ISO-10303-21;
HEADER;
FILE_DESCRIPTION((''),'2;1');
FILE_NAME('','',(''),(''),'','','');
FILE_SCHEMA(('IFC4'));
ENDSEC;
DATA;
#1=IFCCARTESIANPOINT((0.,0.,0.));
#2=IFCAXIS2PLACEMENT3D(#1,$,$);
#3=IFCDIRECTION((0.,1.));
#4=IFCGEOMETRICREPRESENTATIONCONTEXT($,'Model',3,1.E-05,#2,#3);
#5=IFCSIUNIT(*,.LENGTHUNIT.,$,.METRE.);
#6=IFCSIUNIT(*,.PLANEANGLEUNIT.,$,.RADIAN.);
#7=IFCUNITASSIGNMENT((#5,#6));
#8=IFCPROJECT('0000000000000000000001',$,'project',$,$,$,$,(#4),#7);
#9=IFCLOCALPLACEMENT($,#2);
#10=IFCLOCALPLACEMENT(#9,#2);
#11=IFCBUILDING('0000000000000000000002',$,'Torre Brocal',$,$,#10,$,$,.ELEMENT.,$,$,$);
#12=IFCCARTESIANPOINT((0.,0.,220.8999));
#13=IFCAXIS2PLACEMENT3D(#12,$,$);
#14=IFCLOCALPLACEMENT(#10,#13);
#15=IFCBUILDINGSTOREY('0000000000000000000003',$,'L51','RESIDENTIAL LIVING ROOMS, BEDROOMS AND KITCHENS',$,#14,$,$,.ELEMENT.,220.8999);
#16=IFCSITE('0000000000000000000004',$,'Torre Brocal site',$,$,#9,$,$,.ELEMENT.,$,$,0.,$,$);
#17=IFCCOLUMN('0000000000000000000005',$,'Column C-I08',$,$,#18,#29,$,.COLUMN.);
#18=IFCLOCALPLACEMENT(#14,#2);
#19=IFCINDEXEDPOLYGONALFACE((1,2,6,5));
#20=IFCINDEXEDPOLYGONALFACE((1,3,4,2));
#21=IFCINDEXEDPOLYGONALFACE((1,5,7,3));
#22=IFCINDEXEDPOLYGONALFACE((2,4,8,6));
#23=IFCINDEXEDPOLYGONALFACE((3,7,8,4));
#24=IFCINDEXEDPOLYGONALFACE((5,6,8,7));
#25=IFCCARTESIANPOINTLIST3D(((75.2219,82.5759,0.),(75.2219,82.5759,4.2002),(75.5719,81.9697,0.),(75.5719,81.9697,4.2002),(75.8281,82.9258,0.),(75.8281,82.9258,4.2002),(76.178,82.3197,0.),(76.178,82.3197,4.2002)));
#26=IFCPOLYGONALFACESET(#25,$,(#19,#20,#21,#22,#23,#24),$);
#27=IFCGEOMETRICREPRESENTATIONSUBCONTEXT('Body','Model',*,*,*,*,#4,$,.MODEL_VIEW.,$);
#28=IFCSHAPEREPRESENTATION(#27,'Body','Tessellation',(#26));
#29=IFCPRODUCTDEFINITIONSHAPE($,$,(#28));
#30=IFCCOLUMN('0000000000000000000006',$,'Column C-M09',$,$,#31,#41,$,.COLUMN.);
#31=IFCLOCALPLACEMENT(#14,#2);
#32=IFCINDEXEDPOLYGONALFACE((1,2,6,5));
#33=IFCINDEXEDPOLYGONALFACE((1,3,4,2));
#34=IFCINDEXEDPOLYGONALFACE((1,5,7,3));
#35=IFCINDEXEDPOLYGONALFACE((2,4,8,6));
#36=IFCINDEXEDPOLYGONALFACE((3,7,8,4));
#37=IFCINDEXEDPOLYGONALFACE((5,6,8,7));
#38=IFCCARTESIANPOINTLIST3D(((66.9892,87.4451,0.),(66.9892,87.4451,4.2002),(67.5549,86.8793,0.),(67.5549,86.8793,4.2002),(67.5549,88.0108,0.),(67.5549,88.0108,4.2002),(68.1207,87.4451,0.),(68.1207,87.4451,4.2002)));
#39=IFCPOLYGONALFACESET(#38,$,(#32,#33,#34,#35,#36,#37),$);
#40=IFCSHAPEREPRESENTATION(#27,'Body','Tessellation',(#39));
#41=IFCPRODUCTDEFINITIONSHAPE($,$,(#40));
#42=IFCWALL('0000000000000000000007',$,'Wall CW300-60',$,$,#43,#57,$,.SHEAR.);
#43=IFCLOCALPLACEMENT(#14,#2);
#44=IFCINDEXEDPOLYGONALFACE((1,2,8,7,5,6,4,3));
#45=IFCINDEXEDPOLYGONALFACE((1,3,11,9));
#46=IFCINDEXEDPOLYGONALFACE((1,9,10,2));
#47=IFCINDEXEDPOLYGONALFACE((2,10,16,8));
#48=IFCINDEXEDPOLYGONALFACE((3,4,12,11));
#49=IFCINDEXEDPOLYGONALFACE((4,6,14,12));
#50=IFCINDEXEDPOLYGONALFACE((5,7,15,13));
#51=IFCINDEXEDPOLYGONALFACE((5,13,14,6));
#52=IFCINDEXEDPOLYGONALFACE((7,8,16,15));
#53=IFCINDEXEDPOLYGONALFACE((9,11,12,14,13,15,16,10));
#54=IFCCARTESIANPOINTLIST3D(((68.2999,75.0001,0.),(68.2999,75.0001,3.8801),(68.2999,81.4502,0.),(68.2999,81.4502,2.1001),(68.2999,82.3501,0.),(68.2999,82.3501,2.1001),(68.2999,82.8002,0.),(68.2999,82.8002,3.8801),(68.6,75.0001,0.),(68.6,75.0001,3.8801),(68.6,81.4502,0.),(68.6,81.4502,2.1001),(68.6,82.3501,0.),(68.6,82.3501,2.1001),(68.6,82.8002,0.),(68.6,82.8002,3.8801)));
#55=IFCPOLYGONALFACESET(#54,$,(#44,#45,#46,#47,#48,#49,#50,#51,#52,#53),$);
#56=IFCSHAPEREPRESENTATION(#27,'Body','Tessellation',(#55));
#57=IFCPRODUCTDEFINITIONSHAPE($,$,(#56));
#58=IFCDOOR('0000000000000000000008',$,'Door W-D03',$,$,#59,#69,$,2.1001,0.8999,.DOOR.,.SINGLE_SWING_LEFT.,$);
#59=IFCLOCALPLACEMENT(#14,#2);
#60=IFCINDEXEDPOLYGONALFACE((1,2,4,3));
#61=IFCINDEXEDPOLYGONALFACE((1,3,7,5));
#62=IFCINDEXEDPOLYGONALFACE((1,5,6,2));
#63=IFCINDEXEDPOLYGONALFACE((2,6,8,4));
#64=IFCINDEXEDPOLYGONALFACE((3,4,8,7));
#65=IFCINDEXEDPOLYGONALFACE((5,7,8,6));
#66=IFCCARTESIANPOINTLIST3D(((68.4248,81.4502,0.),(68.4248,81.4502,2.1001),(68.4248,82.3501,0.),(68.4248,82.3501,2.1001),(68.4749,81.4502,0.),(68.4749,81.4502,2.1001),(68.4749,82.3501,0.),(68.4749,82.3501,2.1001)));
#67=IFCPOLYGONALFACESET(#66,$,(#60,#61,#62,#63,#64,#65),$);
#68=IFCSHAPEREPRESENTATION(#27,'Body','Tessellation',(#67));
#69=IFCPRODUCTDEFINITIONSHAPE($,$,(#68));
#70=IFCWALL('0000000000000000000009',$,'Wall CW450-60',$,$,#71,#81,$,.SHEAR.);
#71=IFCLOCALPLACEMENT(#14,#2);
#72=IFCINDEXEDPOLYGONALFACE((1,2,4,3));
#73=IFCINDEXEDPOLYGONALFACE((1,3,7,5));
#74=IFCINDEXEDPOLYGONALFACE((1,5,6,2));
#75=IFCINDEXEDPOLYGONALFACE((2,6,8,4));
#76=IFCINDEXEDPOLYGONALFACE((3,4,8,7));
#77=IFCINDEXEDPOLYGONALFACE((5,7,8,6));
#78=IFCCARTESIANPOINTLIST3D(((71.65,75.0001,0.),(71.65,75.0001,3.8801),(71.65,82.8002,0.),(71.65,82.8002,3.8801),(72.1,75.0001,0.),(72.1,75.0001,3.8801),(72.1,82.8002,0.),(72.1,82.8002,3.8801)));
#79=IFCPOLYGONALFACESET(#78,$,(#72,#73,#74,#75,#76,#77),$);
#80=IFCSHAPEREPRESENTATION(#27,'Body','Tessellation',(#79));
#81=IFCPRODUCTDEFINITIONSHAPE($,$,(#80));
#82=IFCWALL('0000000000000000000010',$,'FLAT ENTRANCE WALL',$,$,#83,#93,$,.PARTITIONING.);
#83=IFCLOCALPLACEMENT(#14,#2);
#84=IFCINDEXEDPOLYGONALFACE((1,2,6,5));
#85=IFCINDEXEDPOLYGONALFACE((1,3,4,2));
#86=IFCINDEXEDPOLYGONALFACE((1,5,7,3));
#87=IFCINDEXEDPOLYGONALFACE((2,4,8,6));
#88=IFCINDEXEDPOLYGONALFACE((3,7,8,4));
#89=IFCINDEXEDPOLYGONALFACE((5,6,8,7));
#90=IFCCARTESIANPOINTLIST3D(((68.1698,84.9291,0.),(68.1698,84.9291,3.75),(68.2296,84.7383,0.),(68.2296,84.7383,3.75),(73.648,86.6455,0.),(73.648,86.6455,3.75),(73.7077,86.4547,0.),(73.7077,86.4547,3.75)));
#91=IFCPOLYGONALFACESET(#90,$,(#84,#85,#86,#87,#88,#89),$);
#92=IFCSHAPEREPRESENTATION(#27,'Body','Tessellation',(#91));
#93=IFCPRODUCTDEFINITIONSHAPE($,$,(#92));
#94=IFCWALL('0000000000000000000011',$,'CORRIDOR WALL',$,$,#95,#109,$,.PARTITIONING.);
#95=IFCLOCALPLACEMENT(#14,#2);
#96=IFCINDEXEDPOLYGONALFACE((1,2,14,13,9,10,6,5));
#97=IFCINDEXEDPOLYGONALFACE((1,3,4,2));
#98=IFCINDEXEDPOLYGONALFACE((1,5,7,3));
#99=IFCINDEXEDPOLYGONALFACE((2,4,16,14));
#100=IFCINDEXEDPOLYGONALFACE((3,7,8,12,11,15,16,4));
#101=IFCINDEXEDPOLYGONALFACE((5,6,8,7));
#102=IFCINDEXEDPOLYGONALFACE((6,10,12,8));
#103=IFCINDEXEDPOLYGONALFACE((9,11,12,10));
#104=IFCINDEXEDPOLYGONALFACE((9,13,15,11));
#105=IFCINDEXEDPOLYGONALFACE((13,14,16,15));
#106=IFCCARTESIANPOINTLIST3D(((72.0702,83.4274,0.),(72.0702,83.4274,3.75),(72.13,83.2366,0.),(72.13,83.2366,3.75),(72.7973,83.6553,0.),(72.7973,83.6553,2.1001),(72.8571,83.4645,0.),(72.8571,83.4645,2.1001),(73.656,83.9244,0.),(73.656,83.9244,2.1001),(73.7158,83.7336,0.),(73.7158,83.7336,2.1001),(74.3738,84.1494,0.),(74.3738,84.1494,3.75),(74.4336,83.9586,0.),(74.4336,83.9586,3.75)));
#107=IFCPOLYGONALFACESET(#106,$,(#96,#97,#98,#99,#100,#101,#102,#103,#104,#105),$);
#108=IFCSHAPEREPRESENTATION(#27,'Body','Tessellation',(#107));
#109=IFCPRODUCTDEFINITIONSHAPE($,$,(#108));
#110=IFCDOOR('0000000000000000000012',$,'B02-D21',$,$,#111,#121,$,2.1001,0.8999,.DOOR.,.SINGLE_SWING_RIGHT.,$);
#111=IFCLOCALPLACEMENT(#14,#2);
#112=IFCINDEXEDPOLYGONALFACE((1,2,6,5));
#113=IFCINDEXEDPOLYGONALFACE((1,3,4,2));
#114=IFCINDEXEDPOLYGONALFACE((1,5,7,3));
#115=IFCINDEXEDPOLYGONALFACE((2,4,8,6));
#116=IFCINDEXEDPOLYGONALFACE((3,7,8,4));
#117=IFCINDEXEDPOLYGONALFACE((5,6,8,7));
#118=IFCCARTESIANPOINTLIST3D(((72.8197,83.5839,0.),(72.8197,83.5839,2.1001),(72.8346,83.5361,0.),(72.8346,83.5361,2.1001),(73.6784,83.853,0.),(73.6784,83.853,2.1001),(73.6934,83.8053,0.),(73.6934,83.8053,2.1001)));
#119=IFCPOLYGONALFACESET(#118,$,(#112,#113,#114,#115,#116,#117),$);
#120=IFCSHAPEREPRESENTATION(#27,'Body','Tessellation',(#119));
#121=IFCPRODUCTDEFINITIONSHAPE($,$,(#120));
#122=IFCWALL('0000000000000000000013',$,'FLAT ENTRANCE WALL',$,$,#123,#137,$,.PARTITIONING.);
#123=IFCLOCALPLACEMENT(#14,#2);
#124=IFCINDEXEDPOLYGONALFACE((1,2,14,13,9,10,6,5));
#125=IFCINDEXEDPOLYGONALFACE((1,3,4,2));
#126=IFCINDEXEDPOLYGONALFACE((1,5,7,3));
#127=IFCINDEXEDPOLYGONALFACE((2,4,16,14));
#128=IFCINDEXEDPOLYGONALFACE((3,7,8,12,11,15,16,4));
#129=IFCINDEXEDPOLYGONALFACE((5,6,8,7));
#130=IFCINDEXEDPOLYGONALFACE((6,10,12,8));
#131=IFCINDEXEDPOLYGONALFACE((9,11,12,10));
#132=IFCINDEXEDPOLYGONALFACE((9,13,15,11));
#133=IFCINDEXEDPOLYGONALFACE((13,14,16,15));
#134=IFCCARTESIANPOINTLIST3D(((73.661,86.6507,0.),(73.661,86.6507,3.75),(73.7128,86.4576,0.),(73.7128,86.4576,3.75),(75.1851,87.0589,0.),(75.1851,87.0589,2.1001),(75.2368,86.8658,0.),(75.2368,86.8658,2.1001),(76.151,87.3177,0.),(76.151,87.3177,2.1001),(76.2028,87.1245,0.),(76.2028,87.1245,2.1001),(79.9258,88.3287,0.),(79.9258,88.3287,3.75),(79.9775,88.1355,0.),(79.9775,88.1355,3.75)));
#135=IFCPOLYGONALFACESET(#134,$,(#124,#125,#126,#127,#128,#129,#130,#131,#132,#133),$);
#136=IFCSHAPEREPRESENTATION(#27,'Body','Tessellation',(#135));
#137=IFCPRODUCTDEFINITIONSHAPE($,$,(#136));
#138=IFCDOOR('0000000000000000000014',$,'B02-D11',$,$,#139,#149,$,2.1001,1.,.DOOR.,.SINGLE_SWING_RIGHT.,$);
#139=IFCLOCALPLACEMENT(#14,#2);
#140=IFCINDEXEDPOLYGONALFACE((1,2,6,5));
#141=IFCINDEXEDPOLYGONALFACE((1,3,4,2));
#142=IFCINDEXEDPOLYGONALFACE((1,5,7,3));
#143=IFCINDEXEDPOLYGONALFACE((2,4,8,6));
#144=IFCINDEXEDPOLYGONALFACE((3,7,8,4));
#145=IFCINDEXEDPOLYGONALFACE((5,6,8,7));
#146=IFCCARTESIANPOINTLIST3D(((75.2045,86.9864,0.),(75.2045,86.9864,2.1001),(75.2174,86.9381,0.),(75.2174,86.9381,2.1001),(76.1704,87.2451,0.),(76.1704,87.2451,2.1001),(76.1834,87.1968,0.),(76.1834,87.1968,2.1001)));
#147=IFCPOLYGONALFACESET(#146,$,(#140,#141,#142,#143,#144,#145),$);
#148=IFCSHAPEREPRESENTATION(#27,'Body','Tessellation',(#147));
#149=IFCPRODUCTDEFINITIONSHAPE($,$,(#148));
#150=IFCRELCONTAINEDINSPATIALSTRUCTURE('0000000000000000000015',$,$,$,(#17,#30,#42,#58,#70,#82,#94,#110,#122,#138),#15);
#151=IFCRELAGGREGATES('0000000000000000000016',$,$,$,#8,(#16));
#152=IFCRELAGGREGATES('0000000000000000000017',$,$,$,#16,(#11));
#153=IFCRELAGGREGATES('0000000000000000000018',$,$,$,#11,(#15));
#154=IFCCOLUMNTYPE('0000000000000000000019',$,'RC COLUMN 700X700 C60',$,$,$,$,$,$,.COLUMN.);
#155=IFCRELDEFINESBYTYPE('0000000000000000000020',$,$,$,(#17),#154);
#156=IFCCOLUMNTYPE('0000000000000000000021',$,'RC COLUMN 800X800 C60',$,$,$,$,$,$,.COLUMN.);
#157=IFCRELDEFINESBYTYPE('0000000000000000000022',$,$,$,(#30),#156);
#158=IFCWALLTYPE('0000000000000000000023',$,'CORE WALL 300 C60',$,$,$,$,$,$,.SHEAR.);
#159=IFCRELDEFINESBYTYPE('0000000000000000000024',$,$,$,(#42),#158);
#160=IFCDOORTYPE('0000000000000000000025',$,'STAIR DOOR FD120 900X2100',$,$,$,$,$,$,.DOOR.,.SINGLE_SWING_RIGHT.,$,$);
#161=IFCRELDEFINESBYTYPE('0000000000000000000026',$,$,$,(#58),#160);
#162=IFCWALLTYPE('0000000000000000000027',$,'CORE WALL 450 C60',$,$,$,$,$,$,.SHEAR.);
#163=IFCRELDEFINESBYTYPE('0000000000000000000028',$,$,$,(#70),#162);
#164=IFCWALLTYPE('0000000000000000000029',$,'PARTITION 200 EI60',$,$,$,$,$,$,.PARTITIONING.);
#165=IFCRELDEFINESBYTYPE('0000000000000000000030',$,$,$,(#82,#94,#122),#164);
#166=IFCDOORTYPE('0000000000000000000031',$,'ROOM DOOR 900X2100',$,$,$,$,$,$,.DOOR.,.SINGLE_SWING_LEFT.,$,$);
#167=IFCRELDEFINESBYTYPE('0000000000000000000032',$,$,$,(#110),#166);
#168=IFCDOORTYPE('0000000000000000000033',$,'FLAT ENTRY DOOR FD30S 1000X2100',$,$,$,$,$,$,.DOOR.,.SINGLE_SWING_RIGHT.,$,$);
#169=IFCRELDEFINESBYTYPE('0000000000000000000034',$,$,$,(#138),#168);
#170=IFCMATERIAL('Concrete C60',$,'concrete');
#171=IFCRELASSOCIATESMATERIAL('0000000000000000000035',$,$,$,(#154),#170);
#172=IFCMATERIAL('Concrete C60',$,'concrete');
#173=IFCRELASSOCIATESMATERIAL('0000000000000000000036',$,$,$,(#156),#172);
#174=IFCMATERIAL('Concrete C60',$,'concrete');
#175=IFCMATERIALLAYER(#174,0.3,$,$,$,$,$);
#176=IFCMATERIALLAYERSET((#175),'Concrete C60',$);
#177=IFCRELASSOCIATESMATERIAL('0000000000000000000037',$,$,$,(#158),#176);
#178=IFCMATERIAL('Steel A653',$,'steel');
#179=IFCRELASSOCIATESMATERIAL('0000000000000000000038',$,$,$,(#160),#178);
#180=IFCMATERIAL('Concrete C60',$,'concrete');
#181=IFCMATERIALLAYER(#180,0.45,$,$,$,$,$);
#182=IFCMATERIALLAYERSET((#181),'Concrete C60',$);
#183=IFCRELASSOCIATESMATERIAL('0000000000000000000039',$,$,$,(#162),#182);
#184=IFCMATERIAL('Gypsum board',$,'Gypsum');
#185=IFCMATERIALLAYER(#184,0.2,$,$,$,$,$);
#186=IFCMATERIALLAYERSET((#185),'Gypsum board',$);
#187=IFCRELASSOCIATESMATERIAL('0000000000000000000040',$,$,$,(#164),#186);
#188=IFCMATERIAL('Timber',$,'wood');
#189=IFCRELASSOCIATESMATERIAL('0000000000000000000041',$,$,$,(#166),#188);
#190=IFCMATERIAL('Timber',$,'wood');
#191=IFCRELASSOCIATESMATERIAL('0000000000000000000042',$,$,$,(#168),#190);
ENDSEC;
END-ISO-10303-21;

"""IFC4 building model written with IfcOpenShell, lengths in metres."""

from ifc_helpers import new_model, si_unit, direction, frame, frame_2d, origin, origin_2d, place, context, subcontext, project, spatial, rectangle, extrude, material, layer, layer_set, material_profile, profile_set, type_object, element, fill, save


model = new_model("IFC4")

# Units and contexts
model_context = context("Model", 3, precision=1e-05, world=origin(), true_north=direction((0.0, 1.0)))
body_context = subcontext(model_context, "Body", "Model", "MODEL_VIEW")
ifc_project = project(units=[si_unit("LENGTHUNIT", "METRE"), si_unit("PLANEANGLEUNIT", "RADIAN")], contexts=[model_context])

# Site, building, storey
site_placement = place(None, origin())
site = spatial("IfcSite", under=ifc_project, at=site_placement, Name="Torre Brocal site", CompositionType="ELEMENT", RefElevation=0.0)
building_placement = place(site_placement, origin())
building = spatial("IfcBuilding", under=site, at=building_placement, Name="Torre Brocal", CompositionType="ELEMENT")
storey_placement = place(building_placement, frame((0.0, 0.0, 220.8999)))
storey = spatial("IfcBuildingStorey", under=building, at=storey_placement, Name="L51", Description="RESIDENTIAL LIVING ROOMS, BEDROOMS AND KITCHENS", CompositionType="ELEMENT", Elevation=220.8999)

# Columns
ifc_material_1 = material(Name="Concrete C60", Category="concrete")
ifc_material_profile_1 = material_profile(ifc_material_1, rectangle(XDim=0.7, YDim=0.7, at=origin_2d()), Name="RC 700X700")
ifc_profile_set_1 = profile_set([ifc_material_profile_1], Name="Concrete C60")
column_type_1 = type_object("IfcColumnType", Name="RC COLUMN 700X700 C60", PredefinedType="COLUMN", material=ifc_profile_set_1)
column_1_placement = place(storey_placement, frame((75.7, 82.4478, 0.0), z_axis=(0.0, 0.0, 1.0), x_axis=(-0.5, 0.866025, 0.0)))
element("IfcColumn", 1, at=column_1_placement, inside=storey, type_object=column_type_1, Name="Column C-I08", PredefinedType="COLUMN", context=body_context, shape_type="SweptSolid", body=[
    extrude(rectangle(XDim=0.7, YDim=0.7, at=origin_2d()), origin(), (0.0, 0.0, 1.0), 4.2002),
])
ifc_material_2 = material(Name="Concrete C60", Category="concrete")
ifc_material_profile_2 = material_profile(ifc_material_2, rectangle(XDim=0.8, YDim=0.8, at=origin_2d()), Name="RC 800X800")
ifc_profile_set_2 = profile_set([ifc_material_profile_2], Name="Concrete C60")
column_type_2 = type_object("IfcColumnType", Name="RC COLUMN 800X800 C60", PredefinedType="COLUMN", material=ifc_profile_set_2)
column_2_placement = place(storey_placement, frame((67.5549, 87.4451, 0.0), z_axis=(0.0, 0.0, 1.0), x_axis=(-0.707107, 0.707107, 0.0)))
element("IfcColumn", 2, at=column_2_placement, inside=storey, type_object=column_type_2, Name="Column C-M09", PredefinedType="COLUMN", context=body_context, shape_type="SweptSolid", body=[
    extrude(rectangle(XDim=0.8, YDim=0.8, at=origin_2d()), origin(), (0.0, 0.0, 1.0), 4.2002),
])

# Wall, opening, door
ifc_material_3 = material(Name="Concrete C60", Category="concrete")
ifc_layer_1 = layer(ifc_material_3, 0.3)
ifc_layer_set_1 = layer_set([ifc_layer_1], Name="Concrete C60")
wall_type_1 = type_object("IfcWallType", Name="CORE WALL 300 C60", PredefinedType="SHEAR", material=ifc_layer_set_1)
wall_1_placement = place(storey_placement, frame((68.45, 82.8, 0.0), z_axis=(0.0, 0.0, 1.0), x_axis=(0.0, -1.0, 0.0)))
wall_1 = element("IfcWall", 3, at=wall_1_placement, inside=storey, type_object=wall_type_1, Name="Wall CW300-60", PredefinedType="SHEAR", context=body_context, shape_type="SweptSolid", body=[
    extrude(rectangle(XDim=7.8, YDim=0.3, at=frame_2d((3.8999, 0.0))), origin(), (0.0, 0.0, 1.0), 3.8801),
])
opening_1_placement = place(wall_1_placement, frame((0.45, 0.0, 0.0)))
opening_1 = element("IfcOpeningElement", 4, at=opening_1_placement, cuts=wall_1, PredefinedType="OPENING", context=body_context, shape_type="SweptSolid", body=[
    extrude(rectangle(XDim=0.8999, YDim=2.1001, at=frame_2d((0.45, 1.05))), frame((0.0, 0.1599, 0.0), z_axis=(0.0, -1.0, 0.0), x_axis=(1.0, 0.0, 0.0)), (0.0, 0.0, 1.0), 0.3201),
])
ifc_material_4 = material(Name="Steel A653", Category="steel")
door_type_1 = type_object("IfcDoorType", Name="STAIR DOOR FD120 900X2100", OperationType="SINGLE_SWING_RIGHT", PredefinedType="DOOR", material=ifc_material_4)
door_1_placement = place(opening_1_placement, origin())
door_1 = element("IfcDoor", 5, at=door_1_placement, inside=storey, type_object=door_type_1, Name="Door W-D03", OperationType="SINGLE_SWING_LEFT", OverallHeight=2.1001, OverallWidth=0.8999, PredefinedType="DOOR", context=body_context, shape_type="SweptSolid", body=[
    extrude(rectangle(XDim=0.8999, YDim=2.1001, at=frame_2d((0.45, 1.05))), frame((0.0, 0.0249, 0.0), z_axis=(0.0, -1.0, 0.0), x_axis=(1.0, 0.0, 0.0)), (0.0, 0.0, 1.0), 0.05),
])
fill(opening_1, door_1)

# Wall
ifc_material_5 = material(Name="Concrete C60", Category="concrete")
ifc_layer_2 = layer(ifc_material_5, 0.45)
ifc_layer_set_2 = layer_set([ifc_layer_2], Name="Concrete C60")
wall_type_2 = type_object("IfcWallType", Name="CORE WALL 450 C60", PredefinedType="SHEAR", material=ifc_layer_set_2)
wall_2_placement = place(storey_placement, frame((71.875, 82.8, 0.0), z_axis=(0.0, 0.0, 1.0), x_axis=(0.0, -1.0, 0.0)))
element("IfcWall", 6, at=wall_2_placement, inside=storey, type_object=wall_type_2, Name="Wall CW450-60", PredefinedType="SHEAR", context=body_context, shape_type="SweptSolid", body=[
    extrude(rectangle(XDim=7.8, YDim=0.45, at=frame_2d((3.8999, 0.0))), origin(), (0.0, 0.0, 1.0), 3.8801),
])

# Wall
ifc_material_6 = material(Name="Gypsum board", Category="Gypsum")
ifc_layer_3 = layer(ifc_material_6, 0.2)
ifc_layer_set_3 = layer_set([ifc_layer_3], Name="Gypsum board")
wall_type_3 = type_object("IfcWallType", Name="PARTITION 200 EI60", PredefinedType="PARTITIONING", material=ifc_layer_set_3)
wall_3_placement = place(storey_placement, frame((68.1997, 84.8337, 0.0), z_axis=(0.0, 0.0, 1.0), x_axis=(0.95426, 0.298977, 0.0)))
element("IfcWall", 7, at=wall_3_placement, inside=storey, type_object=wall_type_3, Name="FLAT ENTRANCE WALL", PredefinedType="PARTITIONING", context=body_context, shape_type="SweptSolid", body=[
    extrude(rectangle(XDim=5.7407, YDim=0.2, at=frame_2d((2.8704, 0.0))), origin(), (0.0, 0.0, 1.0), 3.75),
])

# Walls, openings, doors
wall_4_placement = place(storey_placement, frame((72.1001, 83.332, 0.0), z_axis=(0.0, 0.0, 1.0), x_axis=(0.954233, 0.299064, 0.0)))
wall_4 = element("IfcWall", 8, at=wall_4_placement, inside=storey, type_object=wall_type_3, Name="CORRIDOR WALL", PredefinedType="PARTITIONING", context=body_context, shape_type="SweptSolid", body=[
    extrude(rectangle(XDim=2.4141, YDim=0.2, at=frame_2d((1.207, 0.0))), origin(), (0.0, 0.0, 1.0), 3.75),
])
opening_2_placement = place(wall_4_placement, frame((0.762, 0.0, 0.0)))
opening_2 = element("IfcOpeningElement", 9, at=opening_2_placement, cuts=wall_4, PredefinedType="OPENING", context=body_context, shape_type="SweptSolid", body=[
    extrude(rectangle(XDim=0.8999, YDim=2.1001, at=frame_2d((0.45, 1.05))), frame((0.0, 0.1099, 0.0), z_axis=(0.0, -1.0, 0.0), x_axis=(1.0, 0.0, 0.0)), (0.0, 0.0, 1.0), 0.22),
])
ifc_material_7 = material(Name="Timber", Category="wood")
door_type_2 = type_object("IfcDoorType", Name="ROOM DOOR 900X2100", OperationType="SINGLE_SWING_LEFT", PredefinedType="DOOR", material=ifc_material_7)
door_2_placement = place(opening_2_placement, frame((0.8999, 0.0, 0.0), z_axis=(0.0, 0.0, 1.0), x_axis=(-1.0, 0.0, 0.0)))
door_2 = element("IfcDoor", 10, at=door_2_placement, inside=storey, type_object=door_type_2, Name="B02-D21", OperationType="SINGLE_SWING_RIGHT", OverallHeight=2.1001, OverallWidth=0.8999, PredefinedType="DOOR", context=body_context, shape_type="SweptSolid", body=[
    extrude(rectangle(XDim=0.8999, YDim=2.1001, at=frame_2d((0.45, 1.05))), frame((0.0, 0.0249, 0.0), z_axis=(0.0, -1.0, 0.0), x_axis=(1.0, 0.0, 0.0)), (0.0, 0.0, 1.0), 0.05),
])
fill(opening_2, door_2)
wall_5_placement = place(storey_placement, frame((73.687, 86.5542, 0.0), z_axis=(0.0, 0.0, 1.0), x_axis=(0.965953, 0.258719, 0.0)))
wall_5 = element("IfcWall", 11, at=wall_5_placement, inside=storey, type_object=wall_type_3, Name="FLAT ENTRANCE WALL", PredefinedType="PARTITIONING", context=body_context, shape_type="SweptSolid", body=[
    extrude(rectangle(XDim=6.4856, YDim=0.2, at=frame_2d((3.2427, 0.0))), origin(), (0.0, 0.0, 1.0), 3.75),
])
opening_3_placement = place(wall_5_placement, frame((1.5776, 0.0, 0.0)))
opening_3 = element("IfcOpeningElement", 12, at=opening_3_placement, cuts=wall_5, PredefinedType="OPENING", context=body_context, shape_type="SweptSolid", body=[
    extrude(rectangle(XDim=1.0, YDim=2.1001, at=frame_2d((0.5, 1.05))), frame((0.0, 0.1099, 0.0), z_axis=(0.0, -1.0, 0.0), x_axis=(1.0, 0.0, 0.0)), (0.0, 0.0, 1.0), 0.22),
])
ifc_material_8 = material(Name="Timber", Category="wood")
door_type_3 = type_object("IfcDoorType", Name="FLAT ENTRY DOOR FD30S 1000X2100", OperationType="SINGLE_SWING_RIGHT", PredefinedType="DOOR", material=ifc_material_8)
door_3_placement = place(opening_3_placement, origin())
door_3 = element("IfcDoor", 13, at=door_3_placement, inside=storey, type_object=door_type_3, Name="B02-D11", OperationType="SINGLE_SWING_RIGHT", OverallHeight=2.1001, OverallWidth=1.0, PredefinedType="DOOR", context=body_context, shape_type="SweptSolid", body=[
    extrude(rectangle(XDim=1.0, YDim=2.1001, at=frame_2d((0.5, 1.05))), frame((0.0, 0.0249, 0.0), z_axis=(0.0, -1.0, 0.0), x_axis=(1.0, 0.0, 0.0)), (0.0, 0.0, 1.0), 0.05),
])
fill(opening_3, door_3)

save(model, "model.ifc")
